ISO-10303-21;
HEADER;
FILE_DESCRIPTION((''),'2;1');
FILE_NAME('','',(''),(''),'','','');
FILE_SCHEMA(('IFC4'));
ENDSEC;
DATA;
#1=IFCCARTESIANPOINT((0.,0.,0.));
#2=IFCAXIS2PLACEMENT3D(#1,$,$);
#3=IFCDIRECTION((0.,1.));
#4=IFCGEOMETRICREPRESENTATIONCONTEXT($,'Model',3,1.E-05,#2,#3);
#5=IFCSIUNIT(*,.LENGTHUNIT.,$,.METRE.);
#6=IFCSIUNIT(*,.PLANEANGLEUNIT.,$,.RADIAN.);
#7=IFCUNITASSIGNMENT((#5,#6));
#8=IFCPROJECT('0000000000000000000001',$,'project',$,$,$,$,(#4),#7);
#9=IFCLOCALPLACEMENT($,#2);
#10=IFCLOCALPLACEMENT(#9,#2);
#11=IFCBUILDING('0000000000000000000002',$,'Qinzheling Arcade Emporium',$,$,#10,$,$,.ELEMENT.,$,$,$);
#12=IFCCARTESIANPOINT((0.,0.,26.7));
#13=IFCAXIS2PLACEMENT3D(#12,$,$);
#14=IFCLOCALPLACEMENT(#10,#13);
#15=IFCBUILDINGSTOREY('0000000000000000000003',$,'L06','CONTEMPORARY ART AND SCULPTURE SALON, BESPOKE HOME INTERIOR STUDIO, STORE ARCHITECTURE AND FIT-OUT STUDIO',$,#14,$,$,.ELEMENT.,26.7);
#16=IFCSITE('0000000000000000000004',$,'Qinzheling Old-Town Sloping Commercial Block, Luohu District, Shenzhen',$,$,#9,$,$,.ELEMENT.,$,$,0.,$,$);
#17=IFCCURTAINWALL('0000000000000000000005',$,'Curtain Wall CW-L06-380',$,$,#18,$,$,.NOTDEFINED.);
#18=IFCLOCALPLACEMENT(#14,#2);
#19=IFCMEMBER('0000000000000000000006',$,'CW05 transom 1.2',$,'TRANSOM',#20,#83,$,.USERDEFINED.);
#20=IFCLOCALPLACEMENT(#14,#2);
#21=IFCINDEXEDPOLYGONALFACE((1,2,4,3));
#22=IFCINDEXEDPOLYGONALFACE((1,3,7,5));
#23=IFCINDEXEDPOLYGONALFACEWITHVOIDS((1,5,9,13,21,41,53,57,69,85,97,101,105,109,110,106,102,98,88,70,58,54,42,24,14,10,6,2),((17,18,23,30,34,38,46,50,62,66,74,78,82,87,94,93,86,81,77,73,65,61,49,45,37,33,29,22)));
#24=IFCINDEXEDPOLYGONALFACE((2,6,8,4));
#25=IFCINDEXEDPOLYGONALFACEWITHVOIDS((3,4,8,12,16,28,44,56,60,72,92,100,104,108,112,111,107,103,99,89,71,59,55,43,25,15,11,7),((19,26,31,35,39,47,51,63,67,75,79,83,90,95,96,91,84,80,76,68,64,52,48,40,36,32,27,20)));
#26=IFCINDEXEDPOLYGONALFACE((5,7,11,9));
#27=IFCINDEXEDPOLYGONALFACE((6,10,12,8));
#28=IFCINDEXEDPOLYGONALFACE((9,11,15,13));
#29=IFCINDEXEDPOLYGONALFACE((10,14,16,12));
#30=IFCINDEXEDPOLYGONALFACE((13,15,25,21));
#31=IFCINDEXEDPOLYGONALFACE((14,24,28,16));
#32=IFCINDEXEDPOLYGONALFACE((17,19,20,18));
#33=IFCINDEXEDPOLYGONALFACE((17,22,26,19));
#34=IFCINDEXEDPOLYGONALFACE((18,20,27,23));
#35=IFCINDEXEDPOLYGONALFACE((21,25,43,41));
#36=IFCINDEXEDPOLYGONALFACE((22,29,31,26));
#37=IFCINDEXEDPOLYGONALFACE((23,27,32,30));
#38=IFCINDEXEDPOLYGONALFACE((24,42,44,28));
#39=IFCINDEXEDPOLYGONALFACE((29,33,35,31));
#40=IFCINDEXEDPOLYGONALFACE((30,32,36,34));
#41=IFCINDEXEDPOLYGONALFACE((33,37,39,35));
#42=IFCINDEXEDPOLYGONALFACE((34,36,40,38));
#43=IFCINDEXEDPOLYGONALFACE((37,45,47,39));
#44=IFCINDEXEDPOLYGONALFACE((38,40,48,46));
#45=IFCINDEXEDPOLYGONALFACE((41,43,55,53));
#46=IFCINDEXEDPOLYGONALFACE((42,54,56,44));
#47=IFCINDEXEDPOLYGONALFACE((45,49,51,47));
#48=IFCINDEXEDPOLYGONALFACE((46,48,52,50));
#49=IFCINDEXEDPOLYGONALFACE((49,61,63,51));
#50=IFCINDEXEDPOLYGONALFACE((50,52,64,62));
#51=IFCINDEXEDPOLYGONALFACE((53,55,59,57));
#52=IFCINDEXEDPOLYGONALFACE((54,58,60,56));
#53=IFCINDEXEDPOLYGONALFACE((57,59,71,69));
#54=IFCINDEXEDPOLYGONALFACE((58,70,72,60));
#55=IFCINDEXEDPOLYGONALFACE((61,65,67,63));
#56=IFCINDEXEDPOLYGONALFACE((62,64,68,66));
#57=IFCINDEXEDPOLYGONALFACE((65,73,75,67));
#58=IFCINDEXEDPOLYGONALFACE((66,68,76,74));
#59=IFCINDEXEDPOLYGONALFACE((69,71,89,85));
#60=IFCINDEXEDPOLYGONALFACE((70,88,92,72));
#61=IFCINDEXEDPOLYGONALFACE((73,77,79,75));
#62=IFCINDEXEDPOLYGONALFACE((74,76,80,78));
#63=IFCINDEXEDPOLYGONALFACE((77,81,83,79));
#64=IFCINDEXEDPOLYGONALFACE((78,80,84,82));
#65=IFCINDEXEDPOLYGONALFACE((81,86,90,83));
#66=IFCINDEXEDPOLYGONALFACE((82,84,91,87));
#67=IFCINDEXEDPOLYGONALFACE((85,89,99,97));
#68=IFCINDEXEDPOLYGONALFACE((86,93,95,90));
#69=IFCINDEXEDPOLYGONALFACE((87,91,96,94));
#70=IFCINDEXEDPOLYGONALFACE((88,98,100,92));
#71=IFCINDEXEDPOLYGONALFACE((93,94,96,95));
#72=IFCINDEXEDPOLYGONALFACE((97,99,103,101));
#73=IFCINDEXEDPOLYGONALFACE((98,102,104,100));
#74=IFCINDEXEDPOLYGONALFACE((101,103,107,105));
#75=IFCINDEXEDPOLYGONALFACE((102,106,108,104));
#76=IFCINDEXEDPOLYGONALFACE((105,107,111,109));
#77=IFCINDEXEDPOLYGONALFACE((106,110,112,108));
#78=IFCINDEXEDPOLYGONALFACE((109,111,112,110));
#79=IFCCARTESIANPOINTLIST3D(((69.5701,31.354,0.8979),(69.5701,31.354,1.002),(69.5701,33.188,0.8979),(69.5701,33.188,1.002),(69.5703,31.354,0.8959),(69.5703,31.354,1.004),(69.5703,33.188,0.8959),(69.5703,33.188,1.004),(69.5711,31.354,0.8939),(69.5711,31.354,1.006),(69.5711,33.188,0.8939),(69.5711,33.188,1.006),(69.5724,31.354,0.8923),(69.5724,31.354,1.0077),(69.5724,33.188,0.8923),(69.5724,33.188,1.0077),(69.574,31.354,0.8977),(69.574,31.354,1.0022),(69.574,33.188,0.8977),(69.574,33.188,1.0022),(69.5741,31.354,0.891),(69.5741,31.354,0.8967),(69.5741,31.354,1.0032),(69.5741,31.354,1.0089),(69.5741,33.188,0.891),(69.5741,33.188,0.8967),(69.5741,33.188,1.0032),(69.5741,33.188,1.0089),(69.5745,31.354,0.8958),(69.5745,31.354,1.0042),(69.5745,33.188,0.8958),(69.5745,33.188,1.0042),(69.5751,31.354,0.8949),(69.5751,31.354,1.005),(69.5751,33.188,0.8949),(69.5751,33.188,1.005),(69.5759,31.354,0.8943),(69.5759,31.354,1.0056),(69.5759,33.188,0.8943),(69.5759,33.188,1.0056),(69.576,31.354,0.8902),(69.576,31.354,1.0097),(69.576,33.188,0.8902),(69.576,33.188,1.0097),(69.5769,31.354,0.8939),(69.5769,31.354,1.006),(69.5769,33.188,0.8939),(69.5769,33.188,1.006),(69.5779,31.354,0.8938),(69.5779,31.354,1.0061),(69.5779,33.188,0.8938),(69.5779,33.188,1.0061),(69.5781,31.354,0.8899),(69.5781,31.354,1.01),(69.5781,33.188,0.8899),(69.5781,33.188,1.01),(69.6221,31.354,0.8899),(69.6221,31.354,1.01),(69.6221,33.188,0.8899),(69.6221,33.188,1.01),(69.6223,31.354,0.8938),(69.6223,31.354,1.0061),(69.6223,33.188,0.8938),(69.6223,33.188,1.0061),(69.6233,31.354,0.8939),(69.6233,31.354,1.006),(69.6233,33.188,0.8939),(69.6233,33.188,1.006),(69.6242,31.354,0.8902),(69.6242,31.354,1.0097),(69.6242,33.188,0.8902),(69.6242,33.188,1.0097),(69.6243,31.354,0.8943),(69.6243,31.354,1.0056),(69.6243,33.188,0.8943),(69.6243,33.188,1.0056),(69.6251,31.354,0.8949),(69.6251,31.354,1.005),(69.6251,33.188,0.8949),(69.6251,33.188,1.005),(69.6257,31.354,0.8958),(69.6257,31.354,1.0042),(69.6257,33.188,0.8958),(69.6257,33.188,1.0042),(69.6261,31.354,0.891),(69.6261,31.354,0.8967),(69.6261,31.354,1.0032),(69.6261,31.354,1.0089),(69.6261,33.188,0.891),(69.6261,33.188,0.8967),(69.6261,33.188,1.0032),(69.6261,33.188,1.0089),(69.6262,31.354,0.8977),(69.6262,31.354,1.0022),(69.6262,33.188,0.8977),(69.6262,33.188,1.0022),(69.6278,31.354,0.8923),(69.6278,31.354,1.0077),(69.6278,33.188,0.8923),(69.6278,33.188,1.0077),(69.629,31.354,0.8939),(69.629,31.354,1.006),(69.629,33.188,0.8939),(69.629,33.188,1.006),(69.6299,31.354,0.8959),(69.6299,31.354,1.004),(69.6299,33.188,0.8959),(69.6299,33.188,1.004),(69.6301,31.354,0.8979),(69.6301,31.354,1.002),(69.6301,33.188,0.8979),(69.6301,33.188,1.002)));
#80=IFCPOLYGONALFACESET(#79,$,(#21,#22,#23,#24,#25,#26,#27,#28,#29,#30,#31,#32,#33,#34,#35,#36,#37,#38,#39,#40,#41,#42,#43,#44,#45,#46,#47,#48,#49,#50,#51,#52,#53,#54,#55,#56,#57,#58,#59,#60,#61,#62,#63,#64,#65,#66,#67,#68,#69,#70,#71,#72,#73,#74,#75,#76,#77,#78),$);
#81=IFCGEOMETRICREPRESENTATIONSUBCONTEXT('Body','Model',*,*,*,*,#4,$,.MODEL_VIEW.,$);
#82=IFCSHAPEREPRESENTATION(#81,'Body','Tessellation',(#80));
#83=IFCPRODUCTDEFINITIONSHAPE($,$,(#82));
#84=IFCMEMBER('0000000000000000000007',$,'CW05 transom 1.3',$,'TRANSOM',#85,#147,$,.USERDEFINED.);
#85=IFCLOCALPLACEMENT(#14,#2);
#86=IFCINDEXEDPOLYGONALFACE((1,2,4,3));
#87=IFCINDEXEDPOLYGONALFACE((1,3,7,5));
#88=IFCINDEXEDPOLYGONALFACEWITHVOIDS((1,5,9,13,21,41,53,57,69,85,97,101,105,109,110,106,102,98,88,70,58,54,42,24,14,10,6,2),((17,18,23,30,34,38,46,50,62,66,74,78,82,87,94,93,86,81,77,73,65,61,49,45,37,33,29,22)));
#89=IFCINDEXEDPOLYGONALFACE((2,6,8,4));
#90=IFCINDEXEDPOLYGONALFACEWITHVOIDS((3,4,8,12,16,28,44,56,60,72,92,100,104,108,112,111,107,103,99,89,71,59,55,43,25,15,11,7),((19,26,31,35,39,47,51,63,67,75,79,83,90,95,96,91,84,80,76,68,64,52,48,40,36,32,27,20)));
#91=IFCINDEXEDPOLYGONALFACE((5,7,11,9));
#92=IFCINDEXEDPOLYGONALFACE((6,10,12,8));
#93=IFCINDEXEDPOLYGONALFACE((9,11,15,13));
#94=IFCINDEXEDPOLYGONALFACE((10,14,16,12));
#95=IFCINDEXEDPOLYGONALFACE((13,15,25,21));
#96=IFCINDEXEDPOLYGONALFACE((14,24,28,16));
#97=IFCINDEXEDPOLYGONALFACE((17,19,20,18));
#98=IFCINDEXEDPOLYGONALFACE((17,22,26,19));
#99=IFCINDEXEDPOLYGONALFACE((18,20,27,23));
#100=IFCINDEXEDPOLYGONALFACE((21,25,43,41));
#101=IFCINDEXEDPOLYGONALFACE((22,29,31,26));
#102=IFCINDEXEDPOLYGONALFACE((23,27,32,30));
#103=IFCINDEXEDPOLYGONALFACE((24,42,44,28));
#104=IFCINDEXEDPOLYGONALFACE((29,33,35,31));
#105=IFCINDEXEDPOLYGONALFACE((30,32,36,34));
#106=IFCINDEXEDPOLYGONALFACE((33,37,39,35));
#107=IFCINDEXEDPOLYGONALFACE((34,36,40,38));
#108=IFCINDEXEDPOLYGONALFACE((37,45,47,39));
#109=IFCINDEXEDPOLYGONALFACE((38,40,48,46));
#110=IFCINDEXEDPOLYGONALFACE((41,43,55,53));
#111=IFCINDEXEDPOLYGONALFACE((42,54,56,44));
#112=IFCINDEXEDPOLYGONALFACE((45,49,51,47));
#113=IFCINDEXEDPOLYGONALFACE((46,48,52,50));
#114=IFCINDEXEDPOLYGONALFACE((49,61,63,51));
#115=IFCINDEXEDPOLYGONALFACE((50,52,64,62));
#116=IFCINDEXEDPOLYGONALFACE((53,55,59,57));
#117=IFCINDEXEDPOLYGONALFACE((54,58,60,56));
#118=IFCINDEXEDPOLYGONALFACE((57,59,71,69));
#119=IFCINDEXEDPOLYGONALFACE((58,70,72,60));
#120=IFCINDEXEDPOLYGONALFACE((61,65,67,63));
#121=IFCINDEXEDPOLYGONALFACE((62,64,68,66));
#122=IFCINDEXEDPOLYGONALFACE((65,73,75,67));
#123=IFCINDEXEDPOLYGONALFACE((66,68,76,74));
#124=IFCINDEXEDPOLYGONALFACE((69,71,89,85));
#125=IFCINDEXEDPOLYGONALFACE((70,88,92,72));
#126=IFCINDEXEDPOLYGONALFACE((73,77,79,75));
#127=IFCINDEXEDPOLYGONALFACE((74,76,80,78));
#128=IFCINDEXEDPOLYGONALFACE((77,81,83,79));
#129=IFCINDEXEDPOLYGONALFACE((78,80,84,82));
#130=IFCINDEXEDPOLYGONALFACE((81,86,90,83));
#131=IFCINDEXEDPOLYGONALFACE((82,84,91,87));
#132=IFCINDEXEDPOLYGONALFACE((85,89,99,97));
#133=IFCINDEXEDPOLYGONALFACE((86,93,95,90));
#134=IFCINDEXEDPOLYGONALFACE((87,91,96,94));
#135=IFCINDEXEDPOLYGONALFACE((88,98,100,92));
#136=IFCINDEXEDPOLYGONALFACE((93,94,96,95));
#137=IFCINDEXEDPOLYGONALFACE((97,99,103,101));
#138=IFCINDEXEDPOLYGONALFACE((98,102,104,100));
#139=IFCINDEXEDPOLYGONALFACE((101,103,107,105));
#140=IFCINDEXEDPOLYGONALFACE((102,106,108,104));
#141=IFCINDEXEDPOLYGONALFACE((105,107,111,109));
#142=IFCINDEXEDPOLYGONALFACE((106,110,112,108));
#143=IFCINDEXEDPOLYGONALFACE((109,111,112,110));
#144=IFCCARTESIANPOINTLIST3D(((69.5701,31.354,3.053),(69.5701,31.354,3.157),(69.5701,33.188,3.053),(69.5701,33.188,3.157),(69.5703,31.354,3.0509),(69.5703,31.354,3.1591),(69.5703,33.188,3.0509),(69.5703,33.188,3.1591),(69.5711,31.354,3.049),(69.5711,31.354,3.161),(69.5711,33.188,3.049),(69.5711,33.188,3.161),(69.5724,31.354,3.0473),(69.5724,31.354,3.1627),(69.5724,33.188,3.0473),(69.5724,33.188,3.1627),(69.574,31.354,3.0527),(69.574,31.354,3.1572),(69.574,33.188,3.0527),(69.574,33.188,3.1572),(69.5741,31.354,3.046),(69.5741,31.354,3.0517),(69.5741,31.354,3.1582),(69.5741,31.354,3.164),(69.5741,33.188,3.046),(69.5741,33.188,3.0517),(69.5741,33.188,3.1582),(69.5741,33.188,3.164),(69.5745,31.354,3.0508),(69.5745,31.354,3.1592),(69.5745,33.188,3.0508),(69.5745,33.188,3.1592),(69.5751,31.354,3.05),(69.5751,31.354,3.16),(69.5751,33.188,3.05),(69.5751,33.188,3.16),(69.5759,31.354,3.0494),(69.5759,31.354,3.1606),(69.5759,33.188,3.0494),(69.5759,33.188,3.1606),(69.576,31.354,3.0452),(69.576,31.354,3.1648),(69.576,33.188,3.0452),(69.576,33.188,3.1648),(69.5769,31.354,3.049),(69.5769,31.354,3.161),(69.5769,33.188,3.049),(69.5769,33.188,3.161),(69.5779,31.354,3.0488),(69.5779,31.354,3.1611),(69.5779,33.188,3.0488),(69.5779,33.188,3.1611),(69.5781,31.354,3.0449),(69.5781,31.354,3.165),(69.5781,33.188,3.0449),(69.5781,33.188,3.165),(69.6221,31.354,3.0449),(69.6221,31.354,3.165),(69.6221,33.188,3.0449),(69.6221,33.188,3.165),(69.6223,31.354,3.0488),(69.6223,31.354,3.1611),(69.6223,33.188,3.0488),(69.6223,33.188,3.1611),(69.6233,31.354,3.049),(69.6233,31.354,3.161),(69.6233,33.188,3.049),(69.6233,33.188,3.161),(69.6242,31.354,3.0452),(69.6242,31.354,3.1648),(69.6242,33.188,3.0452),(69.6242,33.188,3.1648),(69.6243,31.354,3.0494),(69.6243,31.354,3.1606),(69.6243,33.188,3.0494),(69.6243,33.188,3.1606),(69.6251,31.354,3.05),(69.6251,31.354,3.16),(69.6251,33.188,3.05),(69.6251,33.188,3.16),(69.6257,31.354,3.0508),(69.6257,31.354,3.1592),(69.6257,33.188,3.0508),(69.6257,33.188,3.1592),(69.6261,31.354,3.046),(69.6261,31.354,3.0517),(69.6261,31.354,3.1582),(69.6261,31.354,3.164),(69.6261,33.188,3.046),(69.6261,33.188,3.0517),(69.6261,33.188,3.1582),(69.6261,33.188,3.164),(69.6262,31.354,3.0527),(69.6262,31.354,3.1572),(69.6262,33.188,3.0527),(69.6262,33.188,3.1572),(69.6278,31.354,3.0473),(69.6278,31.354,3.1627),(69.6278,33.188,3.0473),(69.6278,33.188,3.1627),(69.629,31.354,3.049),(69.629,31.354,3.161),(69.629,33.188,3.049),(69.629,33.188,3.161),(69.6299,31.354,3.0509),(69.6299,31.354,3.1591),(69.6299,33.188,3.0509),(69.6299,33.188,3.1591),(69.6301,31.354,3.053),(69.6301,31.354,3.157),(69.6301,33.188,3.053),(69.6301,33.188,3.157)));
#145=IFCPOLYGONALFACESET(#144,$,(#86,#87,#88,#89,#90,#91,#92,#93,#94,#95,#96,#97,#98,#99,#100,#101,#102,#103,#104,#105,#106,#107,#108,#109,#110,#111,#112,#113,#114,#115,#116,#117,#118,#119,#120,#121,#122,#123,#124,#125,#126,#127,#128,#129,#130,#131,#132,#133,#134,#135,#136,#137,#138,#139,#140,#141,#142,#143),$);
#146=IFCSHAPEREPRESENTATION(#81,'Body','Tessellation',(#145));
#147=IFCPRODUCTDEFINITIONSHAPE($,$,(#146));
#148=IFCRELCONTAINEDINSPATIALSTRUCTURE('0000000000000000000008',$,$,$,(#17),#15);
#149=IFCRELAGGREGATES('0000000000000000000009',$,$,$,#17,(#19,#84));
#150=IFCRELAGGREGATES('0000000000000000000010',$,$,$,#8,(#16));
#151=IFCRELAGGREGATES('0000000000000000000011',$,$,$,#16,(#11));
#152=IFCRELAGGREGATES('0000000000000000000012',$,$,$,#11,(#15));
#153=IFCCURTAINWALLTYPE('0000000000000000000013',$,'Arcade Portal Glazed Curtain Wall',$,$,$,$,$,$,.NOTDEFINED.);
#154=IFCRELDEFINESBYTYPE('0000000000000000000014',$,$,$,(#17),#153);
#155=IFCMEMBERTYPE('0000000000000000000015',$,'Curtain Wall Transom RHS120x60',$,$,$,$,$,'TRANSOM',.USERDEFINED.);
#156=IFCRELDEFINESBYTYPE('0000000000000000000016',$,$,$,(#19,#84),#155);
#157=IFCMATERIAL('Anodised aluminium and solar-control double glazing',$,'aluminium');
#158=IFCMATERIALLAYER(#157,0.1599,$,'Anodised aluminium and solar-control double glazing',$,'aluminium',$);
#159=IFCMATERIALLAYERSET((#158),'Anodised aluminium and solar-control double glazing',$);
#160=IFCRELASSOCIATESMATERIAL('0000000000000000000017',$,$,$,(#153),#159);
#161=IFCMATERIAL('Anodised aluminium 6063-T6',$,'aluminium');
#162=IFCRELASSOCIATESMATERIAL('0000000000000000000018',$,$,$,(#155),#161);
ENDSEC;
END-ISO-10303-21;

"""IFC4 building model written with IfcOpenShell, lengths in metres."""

from ifc_helpers import new_model, si_unit, direction, frame, origin, origin_2d, place, context, subcontext, project, spatial, hollow_rectangle, extrude, material, layer, layer_set, material_profile, profile_set, type_object, element, aggregate, save


model = new_model("IFC4")

# Units and contexts
model_context = context("Model", 3, precision=1e-05, world=origin(), true_north=direction((0.0, 1.0)))
body_context = subcontext(model_context, "Body", "Model", "MODEL_VIEW")
ifc_project = project(units=[si_unit("LENGTHUNIT", "METRE"), si_unit("PLANEANGLEUNIT", "RADIAN")], contexts=[model_context])

# Site, building, storey
site_placement = place(None, origin())
site = spatial("IfcSite", under=ifc_project, at=site_placement, Name="Qinzheling Old-Town Sloping Commercial Block, Luohu District, Shenzhen", CompositionType="ELEMENT", RefElevation=0.0)
building_placement = place(site_placement, origin())
building = spatial("IfcBuilding", under=site, at=building_placement, Name="Qinzheling Arcade Emporium", CompositionType="ELEMENT")
storey_placement = place(building_placement, frame((0.0, 0.0, 26.7)))
storey = spatial("IfcBuildingStorey", under=building, at=storey_placement, Name="L06", Description="CONTEMPORARY ART AND SCULPTURE SALON, BESPOKE HOME INTERIOR STUDIO, STORE ARCHITECTURE AND FIT-OUT STUDIO", CompositionType="ELEMENT", Elevation=26.7)

# Curtain wall, members
ifc_material_1 = material(Name="Anodised aluminium and solar-control double glazing", Category="aluminium")
ifc_layer_1 = layer(ifc_material_1, 0.1599, Name="Anodised aluminium and solar-control double glazing", Category="aluminium")
ifc_layer_set_1 = layer_set([ifc_layer_1], Name="Anodised aluminium and solar-control double glazing")
curtain_wall_type = type_object("IfcCurtainWallType", Name="Arcade Portal Glazed Curtain Wall", PredefinedType="NOTDEFINED", material=ifc_layer_set_1)
curtain_wall_placement = place(storey_placement, origin())
curtain_wall = element("IfcCurtainWall", 1, at=curtain_wall_placement, inside=storey, type_object=curtain_wall_type, Name="Curtain Wall CW-L06-380", PredefinedType="NOTDEFINED")
ifc_material_2 = material(Name="Anodised aluminium 6063-T6", Category="aluminium")
ifc_material_profile_1 = material_profile(ifc_material_2, hollow_rectangle(XDim=0.0601, YDim=0.1201, WallThickness=0.0039, InnerFilletRadius=0.0039, OuterFilletRadius=0.0081, at=origin_2d()), Name="RHS 120x60x4", Category="aluminium")
ifc_profile_set_1 = profile_set([ifc_material_profile_1], Name="Anodised aluminium 6063-T6")
member_type_1 = type_object("IfcMemberType", Name="Curtain Wall Transom RHS120x60", ElementType="TRANSOM", PredefinedType="USERDEFINED", material=ifc_profile_set_1)
member_1_placement = place(storey_placement, frame((69.6001, 33.188, 0.95), z_axis=(0.0, -1.0, 0.0), x_axis=(1.0, 0.0, 0.0)))
member_1 = element("IfcMember", 2, at=member_1_placement, type_object=member_type_1, Name="CW05 transom 1.2", ObjectType="TRANSOM", PredefinedType="USERDEFINED", context=body_context, shape_type="SweptSolid", body=[
    extrude(hollow_rectangle(XDim=0.0601, YDim=0.1201, WallThickness=0.0039, InnerFilletRadius=0.0039, OuterFilletRadius=0.0081, at=origin_2d()), origin(), (0.0, 0.0, 1.0), 1.834),
])
member_2_placement = place(storey_placement, frame((69.6001, 33.188, 3.105), z_axis=(0.0, -1.0, 0.0), x_axis=(1.0, 0.0, 0.0)))
member_2 = element("IfcMember", 3, at=member_2_placement, type_object=member_type_1, Name="CW05 transom 1.3", ObjectType="TRANSOM", PredefinedType="USERDEFINED", context=body_context, shape_type="SweptSolid", body=[
    extrude(hollow_rectangle(XDim=0.0601, YDim=0.1201, WallThickness=0.0039, InnerFilletRadius=0.0039, OuterFilletRadius=0.0081, at=origin_2d()), origin(), (0.0, 0.0, 1.0), 1.834),
])

aggregate(curtain_wall, [member_1, member_2])

save(model, "model.ifc")
